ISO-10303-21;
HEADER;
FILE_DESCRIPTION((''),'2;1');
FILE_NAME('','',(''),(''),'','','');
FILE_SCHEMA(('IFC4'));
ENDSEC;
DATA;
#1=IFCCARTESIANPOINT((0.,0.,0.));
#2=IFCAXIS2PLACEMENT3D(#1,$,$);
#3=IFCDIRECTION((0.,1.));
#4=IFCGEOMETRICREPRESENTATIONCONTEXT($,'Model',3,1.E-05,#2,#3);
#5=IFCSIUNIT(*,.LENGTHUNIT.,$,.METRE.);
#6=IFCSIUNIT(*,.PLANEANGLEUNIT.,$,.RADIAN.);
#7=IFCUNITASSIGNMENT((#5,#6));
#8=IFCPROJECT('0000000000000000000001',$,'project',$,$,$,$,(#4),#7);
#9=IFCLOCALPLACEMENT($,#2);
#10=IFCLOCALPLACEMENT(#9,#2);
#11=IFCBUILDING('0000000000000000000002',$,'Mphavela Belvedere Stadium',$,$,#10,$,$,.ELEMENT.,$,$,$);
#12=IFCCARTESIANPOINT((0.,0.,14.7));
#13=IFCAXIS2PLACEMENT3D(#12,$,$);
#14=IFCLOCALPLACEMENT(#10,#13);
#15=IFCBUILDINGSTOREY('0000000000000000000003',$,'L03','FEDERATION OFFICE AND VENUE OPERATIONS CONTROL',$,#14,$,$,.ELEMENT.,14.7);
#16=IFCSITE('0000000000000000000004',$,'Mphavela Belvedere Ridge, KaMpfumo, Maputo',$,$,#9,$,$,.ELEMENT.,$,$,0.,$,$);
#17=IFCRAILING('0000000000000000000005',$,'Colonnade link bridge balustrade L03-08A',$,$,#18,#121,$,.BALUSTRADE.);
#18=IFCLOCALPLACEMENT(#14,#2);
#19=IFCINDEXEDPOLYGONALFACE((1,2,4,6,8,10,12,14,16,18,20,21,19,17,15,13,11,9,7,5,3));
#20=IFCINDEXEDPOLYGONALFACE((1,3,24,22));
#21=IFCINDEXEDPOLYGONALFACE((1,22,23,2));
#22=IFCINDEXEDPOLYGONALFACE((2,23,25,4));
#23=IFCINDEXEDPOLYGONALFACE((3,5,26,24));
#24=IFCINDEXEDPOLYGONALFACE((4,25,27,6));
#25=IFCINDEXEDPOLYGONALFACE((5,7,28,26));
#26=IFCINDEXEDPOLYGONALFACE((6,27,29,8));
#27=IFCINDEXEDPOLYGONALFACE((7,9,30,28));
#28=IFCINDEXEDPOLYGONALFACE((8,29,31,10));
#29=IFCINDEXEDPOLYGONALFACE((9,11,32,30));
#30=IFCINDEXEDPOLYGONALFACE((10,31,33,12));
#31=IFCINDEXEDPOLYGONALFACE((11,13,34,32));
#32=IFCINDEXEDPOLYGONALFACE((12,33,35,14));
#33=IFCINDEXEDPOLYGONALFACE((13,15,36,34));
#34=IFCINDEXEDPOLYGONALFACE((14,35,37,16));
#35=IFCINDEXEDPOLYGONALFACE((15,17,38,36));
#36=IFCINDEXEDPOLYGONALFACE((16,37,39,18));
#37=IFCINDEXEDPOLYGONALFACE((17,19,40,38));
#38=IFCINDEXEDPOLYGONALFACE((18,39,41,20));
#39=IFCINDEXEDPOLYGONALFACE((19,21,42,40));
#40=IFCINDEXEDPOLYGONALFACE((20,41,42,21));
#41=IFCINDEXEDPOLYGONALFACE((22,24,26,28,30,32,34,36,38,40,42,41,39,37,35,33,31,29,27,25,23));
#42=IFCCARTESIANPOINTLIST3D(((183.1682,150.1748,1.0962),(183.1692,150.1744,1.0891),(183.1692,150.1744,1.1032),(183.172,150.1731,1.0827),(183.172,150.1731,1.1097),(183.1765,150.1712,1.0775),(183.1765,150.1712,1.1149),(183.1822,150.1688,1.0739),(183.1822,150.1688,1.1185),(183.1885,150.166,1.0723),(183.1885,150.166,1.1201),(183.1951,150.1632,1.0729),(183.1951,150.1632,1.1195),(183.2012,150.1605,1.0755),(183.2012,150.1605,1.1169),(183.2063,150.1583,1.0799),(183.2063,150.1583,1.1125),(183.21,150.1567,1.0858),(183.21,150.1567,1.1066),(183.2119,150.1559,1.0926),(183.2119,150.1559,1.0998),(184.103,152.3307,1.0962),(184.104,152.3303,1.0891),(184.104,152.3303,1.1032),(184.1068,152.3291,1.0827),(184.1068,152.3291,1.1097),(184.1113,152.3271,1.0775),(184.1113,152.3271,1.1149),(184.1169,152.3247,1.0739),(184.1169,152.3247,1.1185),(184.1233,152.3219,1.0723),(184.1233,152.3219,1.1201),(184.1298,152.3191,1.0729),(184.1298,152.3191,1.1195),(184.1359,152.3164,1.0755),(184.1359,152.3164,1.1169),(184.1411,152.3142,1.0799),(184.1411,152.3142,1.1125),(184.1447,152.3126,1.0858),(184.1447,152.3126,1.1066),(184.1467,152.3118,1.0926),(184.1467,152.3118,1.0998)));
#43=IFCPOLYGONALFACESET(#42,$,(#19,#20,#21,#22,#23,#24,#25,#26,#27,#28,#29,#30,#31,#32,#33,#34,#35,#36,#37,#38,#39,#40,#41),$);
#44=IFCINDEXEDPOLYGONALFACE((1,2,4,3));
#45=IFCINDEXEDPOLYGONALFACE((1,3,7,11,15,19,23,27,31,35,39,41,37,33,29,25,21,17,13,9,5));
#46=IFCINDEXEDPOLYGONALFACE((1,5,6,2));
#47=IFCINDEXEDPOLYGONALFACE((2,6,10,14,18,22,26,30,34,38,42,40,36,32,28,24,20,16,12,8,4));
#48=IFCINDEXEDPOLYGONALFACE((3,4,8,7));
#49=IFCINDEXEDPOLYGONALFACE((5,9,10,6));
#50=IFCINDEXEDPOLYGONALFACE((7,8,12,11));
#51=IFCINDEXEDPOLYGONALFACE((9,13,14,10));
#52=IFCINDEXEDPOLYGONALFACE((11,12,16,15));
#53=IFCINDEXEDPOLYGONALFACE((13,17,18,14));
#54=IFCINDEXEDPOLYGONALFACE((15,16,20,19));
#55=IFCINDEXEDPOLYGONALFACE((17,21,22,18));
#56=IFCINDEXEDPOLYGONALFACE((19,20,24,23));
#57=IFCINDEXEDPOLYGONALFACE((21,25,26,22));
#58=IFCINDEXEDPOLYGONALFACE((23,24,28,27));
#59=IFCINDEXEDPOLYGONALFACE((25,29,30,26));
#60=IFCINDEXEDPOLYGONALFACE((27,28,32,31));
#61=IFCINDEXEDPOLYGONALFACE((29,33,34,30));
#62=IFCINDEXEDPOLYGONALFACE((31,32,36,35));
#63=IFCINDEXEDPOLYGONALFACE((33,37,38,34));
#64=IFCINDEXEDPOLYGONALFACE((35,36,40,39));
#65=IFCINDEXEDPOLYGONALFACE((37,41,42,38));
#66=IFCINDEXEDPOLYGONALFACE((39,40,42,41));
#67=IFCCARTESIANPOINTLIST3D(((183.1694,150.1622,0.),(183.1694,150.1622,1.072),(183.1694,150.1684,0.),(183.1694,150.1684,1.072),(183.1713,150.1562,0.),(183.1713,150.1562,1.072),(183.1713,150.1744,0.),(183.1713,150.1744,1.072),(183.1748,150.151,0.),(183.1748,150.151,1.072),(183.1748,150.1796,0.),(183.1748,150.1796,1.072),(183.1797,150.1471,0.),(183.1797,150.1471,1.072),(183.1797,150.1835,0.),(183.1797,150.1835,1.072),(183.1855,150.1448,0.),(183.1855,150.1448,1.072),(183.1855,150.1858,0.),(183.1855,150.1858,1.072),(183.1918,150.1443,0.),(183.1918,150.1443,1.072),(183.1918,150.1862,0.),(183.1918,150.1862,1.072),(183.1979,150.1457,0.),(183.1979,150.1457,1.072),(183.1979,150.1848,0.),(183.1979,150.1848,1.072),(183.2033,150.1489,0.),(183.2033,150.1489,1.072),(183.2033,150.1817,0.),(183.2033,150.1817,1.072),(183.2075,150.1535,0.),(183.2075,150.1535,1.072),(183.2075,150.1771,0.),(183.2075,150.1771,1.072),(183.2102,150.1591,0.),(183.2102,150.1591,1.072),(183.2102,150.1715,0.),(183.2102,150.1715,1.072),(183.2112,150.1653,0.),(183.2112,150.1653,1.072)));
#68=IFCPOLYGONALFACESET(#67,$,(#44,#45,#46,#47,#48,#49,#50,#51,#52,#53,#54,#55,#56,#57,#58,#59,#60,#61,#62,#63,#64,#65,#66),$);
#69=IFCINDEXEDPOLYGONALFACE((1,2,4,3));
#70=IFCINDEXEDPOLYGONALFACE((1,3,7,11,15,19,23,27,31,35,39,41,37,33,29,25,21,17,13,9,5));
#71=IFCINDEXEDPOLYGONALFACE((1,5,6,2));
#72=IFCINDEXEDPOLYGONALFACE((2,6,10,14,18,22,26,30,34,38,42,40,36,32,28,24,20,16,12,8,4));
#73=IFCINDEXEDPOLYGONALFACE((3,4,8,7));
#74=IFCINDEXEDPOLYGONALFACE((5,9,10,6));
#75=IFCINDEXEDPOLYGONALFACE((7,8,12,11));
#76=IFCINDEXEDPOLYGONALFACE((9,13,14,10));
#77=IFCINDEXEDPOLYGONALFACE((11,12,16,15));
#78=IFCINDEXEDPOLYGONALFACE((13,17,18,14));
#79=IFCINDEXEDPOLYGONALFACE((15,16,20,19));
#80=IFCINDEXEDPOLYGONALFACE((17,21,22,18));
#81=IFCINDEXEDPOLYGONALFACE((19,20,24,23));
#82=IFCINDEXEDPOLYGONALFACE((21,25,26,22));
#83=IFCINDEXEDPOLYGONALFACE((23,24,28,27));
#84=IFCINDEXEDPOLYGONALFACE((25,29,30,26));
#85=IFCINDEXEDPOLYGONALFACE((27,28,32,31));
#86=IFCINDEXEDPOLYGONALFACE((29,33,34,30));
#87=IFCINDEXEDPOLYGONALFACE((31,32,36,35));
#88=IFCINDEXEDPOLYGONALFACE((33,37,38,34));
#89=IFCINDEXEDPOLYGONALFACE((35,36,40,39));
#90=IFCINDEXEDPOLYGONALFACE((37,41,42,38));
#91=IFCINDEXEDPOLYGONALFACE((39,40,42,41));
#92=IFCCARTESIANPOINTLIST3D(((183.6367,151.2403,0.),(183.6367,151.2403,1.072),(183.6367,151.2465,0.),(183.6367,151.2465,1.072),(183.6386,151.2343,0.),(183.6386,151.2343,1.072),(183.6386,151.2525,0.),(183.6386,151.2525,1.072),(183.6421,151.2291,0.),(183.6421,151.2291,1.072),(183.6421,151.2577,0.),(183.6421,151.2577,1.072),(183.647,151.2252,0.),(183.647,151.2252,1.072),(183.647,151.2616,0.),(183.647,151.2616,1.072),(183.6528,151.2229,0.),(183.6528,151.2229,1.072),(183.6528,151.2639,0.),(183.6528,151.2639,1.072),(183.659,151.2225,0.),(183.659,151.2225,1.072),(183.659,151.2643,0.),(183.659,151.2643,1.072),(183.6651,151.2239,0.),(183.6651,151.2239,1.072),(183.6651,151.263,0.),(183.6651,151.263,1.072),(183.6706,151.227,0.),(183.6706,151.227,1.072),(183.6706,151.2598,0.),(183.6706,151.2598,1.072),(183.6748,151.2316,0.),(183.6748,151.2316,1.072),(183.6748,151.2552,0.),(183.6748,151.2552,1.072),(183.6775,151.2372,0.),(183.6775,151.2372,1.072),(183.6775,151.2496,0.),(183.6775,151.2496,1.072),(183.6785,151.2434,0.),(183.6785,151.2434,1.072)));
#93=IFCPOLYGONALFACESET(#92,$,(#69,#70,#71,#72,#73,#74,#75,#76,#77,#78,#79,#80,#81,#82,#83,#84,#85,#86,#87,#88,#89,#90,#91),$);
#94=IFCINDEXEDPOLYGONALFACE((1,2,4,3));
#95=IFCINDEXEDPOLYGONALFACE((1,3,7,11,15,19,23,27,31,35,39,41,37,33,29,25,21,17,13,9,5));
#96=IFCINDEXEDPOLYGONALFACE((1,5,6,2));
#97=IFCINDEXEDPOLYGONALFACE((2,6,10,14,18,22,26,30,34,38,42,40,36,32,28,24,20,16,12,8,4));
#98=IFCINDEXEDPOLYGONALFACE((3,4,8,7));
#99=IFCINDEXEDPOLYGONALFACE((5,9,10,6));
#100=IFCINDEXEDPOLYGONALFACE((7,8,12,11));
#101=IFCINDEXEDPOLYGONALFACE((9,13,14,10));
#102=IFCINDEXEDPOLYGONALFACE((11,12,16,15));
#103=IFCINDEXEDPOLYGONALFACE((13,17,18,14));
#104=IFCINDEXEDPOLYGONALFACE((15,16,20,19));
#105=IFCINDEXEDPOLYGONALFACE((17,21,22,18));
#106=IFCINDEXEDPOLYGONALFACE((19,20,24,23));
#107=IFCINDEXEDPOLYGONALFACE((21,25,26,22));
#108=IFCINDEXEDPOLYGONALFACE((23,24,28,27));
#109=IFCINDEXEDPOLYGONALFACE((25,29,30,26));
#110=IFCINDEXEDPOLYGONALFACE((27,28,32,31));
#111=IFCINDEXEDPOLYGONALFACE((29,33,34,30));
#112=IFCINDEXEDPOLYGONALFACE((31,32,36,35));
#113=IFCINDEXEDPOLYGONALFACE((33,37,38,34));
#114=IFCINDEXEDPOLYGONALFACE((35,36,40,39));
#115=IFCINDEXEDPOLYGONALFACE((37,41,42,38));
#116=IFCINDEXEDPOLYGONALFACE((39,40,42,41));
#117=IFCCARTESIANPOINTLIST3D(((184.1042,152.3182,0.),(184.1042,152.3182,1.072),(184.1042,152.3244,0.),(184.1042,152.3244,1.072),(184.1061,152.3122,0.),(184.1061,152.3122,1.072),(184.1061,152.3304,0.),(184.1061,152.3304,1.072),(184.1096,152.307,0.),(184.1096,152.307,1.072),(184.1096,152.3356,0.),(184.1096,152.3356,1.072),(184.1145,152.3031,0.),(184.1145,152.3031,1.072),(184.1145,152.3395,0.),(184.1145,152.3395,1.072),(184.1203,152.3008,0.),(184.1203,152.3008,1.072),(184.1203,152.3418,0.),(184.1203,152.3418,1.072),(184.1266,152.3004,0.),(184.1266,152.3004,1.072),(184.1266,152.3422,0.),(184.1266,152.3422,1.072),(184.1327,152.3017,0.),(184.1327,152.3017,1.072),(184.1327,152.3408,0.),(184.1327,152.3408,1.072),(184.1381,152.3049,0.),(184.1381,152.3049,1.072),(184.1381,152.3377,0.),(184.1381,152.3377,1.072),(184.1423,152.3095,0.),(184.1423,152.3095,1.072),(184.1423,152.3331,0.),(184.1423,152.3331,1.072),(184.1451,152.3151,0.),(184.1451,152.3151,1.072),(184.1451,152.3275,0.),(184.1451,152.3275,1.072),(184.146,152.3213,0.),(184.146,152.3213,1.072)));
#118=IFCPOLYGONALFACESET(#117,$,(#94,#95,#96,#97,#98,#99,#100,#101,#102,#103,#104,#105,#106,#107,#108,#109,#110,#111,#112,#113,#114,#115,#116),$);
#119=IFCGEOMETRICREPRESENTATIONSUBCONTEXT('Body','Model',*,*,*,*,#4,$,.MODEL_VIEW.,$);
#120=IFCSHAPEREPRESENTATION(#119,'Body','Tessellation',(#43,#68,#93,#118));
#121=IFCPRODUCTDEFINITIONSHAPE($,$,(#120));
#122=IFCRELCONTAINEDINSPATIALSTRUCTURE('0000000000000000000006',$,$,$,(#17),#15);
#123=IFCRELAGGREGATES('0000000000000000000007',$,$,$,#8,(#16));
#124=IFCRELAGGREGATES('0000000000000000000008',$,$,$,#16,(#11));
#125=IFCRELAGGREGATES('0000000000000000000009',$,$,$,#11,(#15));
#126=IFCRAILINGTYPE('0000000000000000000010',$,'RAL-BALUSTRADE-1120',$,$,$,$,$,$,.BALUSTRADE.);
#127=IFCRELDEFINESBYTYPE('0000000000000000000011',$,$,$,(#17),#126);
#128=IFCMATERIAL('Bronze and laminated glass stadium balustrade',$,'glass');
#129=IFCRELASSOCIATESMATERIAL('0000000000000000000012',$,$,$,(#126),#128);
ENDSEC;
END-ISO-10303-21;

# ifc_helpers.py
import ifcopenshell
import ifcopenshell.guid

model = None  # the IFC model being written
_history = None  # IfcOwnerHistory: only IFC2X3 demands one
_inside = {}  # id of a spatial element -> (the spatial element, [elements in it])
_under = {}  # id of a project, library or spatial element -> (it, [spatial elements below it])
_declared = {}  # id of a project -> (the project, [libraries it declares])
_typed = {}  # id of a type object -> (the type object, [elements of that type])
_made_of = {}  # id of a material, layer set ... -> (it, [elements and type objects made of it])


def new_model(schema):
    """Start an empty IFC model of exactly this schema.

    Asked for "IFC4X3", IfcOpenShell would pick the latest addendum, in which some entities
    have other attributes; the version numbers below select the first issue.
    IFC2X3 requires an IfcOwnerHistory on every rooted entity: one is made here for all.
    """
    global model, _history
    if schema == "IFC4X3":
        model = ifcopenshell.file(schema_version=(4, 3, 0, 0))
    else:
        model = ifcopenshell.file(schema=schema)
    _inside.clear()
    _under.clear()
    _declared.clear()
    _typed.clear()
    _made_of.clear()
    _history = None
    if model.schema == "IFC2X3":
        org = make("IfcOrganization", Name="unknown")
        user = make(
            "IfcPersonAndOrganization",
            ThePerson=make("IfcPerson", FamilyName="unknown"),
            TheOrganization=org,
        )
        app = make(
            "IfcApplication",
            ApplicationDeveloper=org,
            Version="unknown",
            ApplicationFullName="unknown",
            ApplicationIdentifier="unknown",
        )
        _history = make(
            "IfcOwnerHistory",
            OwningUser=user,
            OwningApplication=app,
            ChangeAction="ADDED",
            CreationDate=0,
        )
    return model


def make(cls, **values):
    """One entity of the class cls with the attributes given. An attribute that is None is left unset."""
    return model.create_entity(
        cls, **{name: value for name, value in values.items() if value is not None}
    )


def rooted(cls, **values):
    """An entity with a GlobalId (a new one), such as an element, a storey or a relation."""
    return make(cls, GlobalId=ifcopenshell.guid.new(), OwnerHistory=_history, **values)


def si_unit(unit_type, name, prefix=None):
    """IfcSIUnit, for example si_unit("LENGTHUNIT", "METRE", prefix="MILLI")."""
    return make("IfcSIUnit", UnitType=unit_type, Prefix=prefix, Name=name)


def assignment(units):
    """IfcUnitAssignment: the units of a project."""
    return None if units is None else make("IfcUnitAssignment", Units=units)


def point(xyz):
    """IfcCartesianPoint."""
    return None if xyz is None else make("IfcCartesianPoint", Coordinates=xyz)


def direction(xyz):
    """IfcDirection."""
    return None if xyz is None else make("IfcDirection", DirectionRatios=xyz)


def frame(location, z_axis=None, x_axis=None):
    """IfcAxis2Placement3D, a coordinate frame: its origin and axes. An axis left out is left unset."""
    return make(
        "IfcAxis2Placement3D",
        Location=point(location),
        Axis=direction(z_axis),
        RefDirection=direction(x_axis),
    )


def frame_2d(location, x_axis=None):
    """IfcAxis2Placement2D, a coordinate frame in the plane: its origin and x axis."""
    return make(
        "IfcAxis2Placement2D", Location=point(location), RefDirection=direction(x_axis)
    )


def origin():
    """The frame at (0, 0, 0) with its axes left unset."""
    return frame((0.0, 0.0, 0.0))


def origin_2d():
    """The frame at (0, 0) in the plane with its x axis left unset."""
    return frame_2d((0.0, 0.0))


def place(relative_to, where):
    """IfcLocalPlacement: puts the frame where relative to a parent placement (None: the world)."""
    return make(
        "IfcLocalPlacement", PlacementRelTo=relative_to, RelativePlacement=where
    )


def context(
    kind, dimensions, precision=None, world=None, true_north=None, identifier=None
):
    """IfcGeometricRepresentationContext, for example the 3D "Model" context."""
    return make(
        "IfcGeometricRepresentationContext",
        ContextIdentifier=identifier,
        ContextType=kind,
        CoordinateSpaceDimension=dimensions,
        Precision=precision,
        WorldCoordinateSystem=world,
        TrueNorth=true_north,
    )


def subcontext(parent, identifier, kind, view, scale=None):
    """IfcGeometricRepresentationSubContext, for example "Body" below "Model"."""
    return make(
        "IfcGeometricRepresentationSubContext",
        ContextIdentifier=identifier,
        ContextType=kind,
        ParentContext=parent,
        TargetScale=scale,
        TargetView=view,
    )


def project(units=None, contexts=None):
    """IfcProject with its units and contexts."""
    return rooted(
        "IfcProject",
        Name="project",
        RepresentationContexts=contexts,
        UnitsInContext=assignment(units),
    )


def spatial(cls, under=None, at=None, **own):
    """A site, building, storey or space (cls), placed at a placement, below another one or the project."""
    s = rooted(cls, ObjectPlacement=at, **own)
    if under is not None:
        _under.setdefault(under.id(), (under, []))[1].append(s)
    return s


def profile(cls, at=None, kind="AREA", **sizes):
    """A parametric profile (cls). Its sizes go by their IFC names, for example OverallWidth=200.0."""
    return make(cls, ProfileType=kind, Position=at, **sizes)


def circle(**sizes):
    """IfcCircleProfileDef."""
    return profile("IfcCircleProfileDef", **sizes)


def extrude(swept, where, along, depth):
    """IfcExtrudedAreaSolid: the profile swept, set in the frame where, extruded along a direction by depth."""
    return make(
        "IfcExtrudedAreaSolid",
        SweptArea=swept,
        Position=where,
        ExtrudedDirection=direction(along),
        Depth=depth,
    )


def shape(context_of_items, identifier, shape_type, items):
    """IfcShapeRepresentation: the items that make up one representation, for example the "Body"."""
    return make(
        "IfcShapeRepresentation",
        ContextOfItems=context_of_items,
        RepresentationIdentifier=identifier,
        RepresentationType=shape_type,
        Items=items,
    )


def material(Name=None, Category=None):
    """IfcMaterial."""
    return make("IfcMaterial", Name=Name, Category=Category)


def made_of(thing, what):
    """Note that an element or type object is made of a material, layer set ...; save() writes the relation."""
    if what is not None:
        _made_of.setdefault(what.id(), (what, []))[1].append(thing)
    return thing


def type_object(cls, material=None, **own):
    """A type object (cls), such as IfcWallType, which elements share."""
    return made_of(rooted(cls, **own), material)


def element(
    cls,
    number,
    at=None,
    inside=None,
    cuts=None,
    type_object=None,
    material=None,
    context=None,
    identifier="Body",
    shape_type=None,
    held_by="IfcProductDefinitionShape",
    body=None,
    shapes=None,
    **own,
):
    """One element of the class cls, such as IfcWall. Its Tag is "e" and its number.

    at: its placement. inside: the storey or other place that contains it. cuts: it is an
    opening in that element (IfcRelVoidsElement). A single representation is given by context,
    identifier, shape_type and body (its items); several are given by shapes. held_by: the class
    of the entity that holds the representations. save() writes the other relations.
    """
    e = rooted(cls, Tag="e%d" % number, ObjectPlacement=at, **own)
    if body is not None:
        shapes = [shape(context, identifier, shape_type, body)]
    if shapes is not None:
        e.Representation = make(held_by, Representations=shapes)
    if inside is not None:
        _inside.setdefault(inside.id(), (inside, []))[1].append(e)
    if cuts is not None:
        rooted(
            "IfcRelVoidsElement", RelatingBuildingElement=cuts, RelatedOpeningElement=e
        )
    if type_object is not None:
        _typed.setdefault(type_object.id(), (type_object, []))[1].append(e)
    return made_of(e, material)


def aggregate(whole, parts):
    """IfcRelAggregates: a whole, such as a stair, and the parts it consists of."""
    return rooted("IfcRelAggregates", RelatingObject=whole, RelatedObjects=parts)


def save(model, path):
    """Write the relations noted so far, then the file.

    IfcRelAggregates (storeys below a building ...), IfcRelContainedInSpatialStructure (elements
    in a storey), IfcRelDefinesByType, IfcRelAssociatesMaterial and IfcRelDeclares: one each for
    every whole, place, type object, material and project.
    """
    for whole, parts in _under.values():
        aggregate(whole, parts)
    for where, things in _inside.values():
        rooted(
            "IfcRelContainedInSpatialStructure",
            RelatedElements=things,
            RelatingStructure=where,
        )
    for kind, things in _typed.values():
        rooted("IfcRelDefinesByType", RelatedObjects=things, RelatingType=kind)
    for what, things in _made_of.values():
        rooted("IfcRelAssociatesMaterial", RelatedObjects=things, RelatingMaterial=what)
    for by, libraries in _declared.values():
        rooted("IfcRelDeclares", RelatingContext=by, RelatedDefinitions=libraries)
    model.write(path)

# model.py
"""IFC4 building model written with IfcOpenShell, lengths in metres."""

from ifc_helpers import new_model, si_unit, direction, frame, origin, origin_2d, place, context, subcontext, project, spatial, circle, extrude, material, type_object, element, save


model = new_model("IFC4")

# Units and contexts
model_context = context("Model", 3, precision=1e-05, world=origin(), true_north=direction((0.0, 1.0)))
body_context = subcontext(model_context, "Body", "Model", "MODEL_VIEW")
ifc_project = project(units=[si_unit("LENGTHUNIT", "METRE"), si_unit("PLANEANGLEUNIT", "RADIAN")], contexts=[model_context])

# Site, building, storey
site_placement = place(None, origin())
site = spatial("IfcSite", under=ifc_project, at=site_placement, Name="Mphavela Belvedere Ridge, KaMpfumo, Maputo", CompositionType="ELEMENT", RefElevation=0.0)
building_placement = place(site_placement, origin())
building = spatial("IfcBuilding", under=site, at=building_placement, Name="Mphavela Belvedere Stadium", CompositionType="ELEMENT")
storey_placement = place(building_placement, frame((0.0, 0.0, 14.7)))
storey = spatial("IfcBuildingStorey", under=building, at=storey_placement, Name="L03", Description="FEDERATION OFFICE AND VENUE OPERATIONS CONTROL", CompositionType="ELEMENT", Elevation=14.7)

# Railing
ifc_material_1 = material(Name="Bronze and laminated glass stadium balustrade", Category="glass")
railing_type = type_object("IfcRailingType", Name="RAL-BALUSTRADE-1120", PredefinedType="BALUSTRADE", material=ifc_material_1)
railing_1_placement = place(storey_placement, frame((183.1902, 150.1653, 0.0)))
element("IfcRailing", 1, at=railing_1_placement, inside=storey, type_object=railing_type, Name="Colonnade link bridge balustrade L03-08A", PredefinedType="BALUSTRADE", context=body_context, shape_type="SweptSolid", body=[
    extrude(circle(Radius=0.0239, at=origin_2d()), frame((0.0, 0.0, 1.0962), z_axis=(0.397803, 0.917471, 0.0), x_axis=(-0.917471, 0.397803, 0.0)), (0.0, 0.0, 1.0), 2.3499),
    extrude(circle(Radius=0.021, at=origin_2d()), origin(), (0.0, 0.0, 1.0), 1.072),
    extrude(circle(Radius=0.021, at=origin_2d()), frame((0.4673, 1.0781, 0.0)), (0.0, 0.0, 1.0), 1.072),
    extrude(circle(Radius=0.021, at=origin_2d()), frame((0.9348, 2.156, 0.0)), (0.0, 0.0, 1.0), 1.072),
])

save(model, "model.ifc")
